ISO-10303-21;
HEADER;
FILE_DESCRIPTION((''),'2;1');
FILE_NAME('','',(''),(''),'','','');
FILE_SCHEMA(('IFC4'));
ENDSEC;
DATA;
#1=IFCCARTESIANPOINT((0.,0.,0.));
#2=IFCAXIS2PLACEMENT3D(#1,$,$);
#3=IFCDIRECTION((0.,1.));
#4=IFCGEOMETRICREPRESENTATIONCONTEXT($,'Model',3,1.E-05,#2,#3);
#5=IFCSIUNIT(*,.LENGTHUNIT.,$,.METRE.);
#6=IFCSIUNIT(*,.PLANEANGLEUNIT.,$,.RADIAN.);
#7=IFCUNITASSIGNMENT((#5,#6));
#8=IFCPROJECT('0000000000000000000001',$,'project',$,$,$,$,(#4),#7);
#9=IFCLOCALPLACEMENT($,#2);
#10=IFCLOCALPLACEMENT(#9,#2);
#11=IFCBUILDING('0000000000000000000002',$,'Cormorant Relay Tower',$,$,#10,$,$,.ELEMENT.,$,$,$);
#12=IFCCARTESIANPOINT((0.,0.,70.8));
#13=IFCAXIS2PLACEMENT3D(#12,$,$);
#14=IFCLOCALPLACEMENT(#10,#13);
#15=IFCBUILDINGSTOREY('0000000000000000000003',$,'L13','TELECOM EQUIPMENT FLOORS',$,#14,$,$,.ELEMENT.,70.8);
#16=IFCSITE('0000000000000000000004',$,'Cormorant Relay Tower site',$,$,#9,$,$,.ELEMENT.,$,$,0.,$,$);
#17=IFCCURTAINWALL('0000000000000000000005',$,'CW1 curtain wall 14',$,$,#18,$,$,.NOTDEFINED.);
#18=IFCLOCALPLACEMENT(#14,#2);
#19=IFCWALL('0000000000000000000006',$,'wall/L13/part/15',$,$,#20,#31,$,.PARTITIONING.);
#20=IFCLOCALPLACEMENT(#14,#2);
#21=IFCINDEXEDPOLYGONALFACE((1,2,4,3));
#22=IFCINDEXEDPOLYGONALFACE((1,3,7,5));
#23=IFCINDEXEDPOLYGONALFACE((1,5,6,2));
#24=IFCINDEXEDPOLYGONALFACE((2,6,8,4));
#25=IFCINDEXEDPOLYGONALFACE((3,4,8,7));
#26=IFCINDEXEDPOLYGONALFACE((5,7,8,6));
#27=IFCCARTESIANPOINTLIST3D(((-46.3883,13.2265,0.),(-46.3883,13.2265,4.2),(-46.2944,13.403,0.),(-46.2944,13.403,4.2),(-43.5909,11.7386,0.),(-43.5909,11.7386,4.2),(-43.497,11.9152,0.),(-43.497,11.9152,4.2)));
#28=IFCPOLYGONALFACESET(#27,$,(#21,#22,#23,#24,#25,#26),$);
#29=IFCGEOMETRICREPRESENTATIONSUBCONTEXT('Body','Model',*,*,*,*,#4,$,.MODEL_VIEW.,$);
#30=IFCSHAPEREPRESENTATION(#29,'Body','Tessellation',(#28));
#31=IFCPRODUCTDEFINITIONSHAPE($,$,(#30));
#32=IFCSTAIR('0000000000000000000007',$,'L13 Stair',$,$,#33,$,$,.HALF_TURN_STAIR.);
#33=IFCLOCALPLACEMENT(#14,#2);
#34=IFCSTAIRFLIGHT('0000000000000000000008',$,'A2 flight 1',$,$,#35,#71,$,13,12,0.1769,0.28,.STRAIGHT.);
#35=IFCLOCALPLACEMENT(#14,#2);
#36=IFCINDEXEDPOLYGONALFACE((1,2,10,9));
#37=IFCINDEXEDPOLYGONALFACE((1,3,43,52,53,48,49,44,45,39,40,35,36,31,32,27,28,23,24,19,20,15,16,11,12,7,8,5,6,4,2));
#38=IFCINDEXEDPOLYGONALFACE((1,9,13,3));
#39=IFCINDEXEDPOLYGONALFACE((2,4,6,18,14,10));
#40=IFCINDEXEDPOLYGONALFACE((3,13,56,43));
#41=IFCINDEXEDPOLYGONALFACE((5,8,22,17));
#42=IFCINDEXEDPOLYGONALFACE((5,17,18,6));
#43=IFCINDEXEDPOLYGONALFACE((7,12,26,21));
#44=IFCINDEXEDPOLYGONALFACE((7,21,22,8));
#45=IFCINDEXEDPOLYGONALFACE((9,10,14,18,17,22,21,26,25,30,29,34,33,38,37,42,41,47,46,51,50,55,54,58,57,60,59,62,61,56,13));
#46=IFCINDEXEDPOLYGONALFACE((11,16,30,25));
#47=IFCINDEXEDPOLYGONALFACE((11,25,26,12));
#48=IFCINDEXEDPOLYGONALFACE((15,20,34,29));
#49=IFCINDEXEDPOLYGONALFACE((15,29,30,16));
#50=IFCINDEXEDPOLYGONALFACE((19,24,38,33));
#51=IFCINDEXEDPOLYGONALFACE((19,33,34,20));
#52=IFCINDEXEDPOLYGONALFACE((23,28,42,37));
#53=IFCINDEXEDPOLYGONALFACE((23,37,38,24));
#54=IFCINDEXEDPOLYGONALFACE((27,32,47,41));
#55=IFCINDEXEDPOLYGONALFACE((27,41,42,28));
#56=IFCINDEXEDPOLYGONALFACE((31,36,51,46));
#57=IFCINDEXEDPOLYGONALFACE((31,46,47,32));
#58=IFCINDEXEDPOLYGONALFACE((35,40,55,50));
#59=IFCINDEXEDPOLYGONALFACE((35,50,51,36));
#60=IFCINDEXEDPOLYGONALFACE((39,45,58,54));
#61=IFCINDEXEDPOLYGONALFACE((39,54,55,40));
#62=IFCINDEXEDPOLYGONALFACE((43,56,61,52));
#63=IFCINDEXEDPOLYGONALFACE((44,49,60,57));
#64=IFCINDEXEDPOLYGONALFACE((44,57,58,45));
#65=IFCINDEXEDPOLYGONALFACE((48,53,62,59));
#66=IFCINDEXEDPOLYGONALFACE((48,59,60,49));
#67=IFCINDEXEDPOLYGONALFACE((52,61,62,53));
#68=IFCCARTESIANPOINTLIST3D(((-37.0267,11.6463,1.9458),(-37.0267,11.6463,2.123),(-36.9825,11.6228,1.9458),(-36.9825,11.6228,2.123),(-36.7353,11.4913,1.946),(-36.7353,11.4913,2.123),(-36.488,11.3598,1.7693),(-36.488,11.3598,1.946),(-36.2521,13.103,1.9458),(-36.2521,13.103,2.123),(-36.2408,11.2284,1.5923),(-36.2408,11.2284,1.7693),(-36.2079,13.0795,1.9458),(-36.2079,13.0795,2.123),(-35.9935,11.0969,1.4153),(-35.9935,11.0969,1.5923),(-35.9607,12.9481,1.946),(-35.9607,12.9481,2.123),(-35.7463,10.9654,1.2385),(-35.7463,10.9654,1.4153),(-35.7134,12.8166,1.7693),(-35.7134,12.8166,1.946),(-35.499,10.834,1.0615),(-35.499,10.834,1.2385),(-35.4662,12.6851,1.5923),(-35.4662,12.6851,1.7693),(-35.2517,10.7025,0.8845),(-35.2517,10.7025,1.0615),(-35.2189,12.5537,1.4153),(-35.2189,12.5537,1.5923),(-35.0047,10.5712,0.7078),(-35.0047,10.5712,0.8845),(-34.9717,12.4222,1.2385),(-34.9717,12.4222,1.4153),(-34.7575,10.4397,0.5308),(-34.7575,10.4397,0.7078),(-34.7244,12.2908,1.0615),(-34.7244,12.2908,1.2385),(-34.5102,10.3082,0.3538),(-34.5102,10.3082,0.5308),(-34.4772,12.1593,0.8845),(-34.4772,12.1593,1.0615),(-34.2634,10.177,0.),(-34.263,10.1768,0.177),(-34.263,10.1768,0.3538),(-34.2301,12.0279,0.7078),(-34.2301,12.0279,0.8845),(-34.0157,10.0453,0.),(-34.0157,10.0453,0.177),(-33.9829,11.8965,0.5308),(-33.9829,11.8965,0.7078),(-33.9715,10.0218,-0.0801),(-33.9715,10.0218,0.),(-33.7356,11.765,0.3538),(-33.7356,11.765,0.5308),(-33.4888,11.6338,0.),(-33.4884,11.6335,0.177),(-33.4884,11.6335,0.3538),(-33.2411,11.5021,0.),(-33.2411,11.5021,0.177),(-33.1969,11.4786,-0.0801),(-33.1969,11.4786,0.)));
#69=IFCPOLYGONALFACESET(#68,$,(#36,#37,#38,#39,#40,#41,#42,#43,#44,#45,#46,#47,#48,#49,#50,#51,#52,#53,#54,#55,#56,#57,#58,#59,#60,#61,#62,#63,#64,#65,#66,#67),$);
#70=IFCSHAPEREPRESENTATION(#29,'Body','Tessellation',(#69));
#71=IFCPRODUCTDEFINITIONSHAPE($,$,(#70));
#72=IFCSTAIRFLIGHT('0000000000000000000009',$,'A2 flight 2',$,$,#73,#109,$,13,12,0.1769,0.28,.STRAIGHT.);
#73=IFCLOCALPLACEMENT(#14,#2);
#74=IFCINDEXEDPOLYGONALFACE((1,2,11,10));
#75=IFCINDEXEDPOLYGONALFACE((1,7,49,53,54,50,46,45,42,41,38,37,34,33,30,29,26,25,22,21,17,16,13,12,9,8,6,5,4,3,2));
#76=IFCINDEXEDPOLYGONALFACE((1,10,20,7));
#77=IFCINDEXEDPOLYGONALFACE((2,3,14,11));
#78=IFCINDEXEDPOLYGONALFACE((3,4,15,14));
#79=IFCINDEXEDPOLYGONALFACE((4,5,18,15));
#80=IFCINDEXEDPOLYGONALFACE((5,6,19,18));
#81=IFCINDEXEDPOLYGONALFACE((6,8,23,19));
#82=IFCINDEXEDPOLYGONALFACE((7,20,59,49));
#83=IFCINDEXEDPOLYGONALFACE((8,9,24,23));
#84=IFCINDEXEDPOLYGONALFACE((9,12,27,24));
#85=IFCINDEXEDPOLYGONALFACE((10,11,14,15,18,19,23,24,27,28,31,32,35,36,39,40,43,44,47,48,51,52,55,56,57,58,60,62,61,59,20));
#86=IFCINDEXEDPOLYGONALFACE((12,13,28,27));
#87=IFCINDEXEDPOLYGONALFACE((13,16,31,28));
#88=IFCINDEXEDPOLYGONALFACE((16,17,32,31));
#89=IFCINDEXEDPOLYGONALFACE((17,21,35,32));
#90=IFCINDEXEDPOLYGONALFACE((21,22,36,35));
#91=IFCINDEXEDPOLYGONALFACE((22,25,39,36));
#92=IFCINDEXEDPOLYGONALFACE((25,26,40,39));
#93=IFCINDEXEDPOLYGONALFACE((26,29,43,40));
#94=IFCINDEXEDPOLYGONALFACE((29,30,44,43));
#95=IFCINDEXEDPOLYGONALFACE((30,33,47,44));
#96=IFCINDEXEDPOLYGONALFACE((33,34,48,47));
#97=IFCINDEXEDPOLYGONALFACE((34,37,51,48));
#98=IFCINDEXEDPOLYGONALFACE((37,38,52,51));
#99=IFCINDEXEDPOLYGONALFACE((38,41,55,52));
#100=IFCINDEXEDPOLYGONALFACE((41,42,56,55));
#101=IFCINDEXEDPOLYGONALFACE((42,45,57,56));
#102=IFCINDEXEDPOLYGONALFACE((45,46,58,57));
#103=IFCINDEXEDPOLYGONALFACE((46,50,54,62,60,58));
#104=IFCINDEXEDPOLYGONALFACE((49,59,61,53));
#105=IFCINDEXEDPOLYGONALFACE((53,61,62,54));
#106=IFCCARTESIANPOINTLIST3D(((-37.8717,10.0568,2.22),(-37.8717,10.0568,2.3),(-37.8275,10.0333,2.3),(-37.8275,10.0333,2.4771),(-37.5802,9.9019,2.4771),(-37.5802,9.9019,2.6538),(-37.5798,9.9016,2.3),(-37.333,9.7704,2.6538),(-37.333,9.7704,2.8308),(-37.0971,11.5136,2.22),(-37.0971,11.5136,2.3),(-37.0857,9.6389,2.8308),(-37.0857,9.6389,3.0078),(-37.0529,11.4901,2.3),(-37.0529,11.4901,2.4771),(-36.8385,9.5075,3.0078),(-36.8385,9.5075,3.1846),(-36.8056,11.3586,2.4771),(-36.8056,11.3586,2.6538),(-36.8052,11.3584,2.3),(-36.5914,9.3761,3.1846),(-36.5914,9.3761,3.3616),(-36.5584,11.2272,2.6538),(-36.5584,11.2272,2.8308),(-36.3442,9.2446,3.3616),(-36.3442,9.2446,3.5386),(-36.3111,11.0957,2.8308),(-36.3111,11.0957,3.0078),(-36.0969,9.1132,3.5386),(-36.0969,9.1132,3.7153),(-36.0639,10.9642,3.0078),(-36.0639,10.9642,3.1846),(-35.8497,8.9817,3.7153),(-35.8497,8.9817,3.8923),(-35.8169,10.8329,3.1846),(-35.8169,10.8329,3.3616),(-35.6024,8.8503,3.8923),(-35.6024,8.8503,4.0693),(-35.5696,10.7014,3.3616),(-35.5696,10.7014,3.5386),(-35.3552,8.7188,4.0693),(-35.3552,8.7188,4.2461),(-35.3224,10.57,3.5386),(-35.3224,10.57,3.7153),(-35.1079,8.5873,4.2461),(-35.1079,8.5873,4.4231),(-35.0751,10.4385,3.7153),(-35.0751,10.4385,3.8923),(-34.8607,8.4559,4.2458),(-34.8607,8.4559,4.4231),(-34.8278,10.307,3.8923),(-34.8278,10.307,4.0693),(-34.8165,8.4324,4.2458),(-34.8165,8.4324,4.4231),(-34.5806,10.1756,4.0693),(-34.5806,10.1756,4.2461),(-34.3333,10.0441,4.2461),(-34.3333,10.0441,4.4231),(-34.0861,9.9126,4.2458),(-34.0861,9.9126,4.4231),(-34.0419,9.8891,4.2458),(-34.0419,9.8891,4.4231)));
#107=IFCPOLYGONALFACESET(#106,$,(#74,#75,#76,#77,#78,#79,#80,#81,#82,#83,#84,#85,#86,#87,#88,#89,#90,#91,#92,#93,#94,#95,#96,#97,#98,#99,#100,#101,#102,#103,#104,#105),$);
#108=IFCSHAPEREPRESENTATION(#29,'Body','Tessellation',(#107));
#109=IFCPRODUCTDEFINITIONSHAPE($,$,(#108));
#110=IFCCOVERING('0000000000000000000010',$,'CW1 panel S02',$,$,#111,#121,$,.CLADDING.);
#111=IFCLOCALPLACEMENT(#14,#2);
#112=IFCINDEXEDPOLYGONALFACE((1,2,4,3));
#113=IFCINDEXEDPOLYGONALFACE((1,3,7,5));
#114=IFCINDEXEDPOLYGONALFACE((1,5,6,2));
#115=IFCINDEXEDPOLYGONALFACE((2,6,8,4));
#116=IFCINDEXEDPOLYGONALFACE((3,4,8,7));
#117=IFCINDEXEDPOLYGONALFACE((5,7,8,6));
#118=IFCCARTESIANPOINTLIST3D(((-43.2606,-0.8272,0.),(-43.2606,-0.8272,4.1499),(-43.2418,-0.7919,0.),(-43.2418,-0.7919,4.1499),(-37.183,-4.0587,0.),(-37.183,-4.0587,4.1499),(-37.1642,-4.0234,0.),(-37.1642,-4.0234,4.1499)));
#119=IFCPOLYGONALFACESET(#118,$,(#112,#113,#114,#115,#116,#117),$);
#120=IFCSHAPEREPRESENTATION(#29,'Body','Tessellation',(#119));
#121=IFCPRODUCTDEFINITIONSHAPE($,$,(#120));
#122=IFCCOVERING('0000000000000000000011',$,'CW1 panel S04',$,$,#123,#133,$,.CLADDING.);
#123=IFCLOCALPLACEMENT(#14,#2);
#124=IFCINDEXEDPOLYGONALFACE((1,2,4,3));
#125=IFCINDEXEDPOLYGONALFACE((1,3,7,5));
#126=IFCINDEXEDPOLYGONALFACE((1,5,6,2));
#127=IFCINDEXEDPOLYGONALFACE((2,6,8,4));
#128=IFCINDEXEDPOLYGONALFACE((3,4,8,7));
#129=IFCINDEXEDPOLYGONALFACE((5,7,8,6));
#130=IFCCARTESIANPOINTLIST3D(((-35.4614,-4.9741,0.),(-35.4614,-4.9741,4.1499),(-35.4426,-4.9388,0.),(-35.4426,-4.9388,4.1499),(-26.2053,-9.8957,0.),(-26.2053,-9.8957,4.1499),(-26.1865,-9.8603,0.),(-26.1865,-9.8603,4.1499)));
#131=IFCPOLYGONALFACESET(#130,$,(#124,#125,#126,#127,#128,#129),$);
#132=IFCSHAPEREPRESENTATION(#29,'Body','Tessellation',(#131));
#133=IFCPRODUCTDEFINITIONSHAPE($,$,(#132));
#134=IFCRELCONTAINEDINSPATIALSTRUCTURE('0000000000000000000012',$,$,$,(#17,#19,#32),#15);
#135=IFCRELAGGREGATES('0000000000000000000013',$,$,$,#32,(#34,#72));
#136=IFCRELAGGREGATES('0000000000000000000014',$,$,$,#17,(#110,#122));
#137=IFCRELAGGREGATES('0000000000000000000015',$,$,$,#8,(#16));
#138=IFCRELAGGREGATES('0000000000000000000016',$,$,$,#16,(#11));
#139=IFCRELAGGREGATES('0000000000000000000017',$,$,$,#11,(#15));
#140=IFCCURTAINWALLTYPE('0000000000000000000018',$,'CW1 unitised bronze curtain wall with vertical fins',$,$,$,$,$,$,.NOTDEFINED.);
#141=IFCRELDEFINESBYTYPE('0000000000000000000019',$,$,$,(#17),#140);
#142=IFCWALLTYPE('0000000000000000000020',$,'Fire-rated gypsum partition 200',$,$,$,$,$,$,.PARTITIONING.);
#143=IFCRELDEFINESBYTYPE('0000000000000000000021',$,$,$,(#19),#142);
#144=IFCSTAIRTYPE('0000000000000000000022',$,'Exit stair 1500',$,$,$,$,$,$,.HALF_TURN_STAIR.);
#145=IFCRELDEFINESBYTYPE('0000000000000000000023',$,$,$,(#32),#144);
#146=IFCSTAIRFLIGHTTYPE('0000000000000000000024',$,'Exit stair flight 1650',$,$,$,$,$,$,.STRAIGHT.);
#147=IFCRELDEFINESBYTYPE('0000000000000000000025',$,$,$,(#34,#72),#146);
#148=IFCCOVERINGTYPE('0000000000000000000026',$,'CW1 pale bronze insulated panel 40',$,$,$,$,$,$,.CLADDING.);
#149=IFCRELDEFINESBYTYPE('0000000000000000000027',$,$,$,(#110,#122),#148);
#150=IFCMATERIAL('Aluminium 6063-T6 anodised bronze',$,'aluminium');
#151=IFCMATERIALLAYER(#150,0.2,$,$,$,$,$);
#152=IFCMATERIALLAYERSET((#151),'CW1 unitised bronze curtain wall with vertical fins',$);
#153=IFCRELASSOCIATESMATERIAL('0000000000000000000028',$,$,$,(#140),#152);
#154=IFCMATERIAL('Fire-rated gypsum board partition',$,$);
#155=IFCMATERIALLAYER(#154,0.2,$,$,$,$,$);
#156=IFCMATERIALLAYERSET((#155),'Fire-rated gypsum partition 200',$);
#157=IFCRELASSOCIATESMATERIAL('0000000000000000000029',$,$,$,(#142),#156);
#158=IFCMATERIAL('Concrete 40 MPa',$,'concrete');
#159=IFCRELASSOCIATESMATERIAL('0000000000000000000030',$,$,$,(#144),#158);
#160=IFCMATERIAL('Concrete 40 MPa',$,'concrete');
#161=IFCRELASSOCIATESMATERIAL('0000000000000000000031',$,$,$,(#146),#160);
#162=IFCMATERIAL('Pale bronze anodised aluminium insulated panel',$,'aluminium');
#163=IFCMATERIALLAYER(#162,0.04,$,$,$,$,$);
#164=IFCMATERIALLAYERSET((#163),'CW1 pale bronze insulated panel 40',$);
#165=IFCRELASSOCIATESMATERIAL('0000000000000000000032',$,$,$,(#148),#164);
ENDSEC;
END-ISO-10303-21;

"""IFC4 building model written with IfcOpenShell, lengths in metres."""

from ifc_helpers import new_model, si_unit, direction, frame, frame_2d, origin, origin_2d, place, context, subcontext, project, spatial, polyline, rectangle, outline, extrude, material, layer, layer_set, type_object, element, aggregate, save


model = new_model("IFC4")

# Units and contexts
model_context = context("Model", 3, precision=1e-05, world=origin(), true_north=direction((0.0, 1.0)))
body_context = subcontext(model_context, "Body", "Model", "MODEL_VIEW")
ifc_project = project(units=[si_unit("LENGTHUNIT", "METRE"), si_unit("PLANEANGLEUNIT", "RADIAN")], contexts=[model_context])

# Site, building, storey
site_placement = place(None, origin())
site = spatial("IfcSite", under=ifc_project, at=site_placement, Name="Cormorant Relay Tower site", CompositionType="ELEMENT", RefElevation=0.0)
building_placement = place(site_placement, origin())
building = spatial("IfcBuilding", under=site, at=building_placement, Name="Cormorant Relay Tower", CompositionType="ELEMENT")
storey_placement = place(building_placement, frame((0.0, 0.0, 70.8)))
storey = spatial("IfcBuildingStorey", under=building, at=storey_placement, Name="L13", Description="TELECOM EQUIPMENT FLOORS", CompositionType="ELEMENT", Elevation=70.8)

# Curtain wall
ifc_material_1 = material(Name="Aluminium 6063-T6 anodised bronze", Category="aluminium")
ifc_layer_1 = layer(ifc_material_1, 0.2)
ifc_layer_set_1 = layer_set([ifc_layer_1], Name="CW1 unitised bronze curtain wall with vertical fins")
curtain_wall_type = type_object("IfcCurtainWallType", Name="CW1 unitised bronze curtain wall with vertical fins", PredefinedType="NOTDEFINED", material=ifc_layer_set_1)
curtain_wall_placement = place(storey_placement, origin())
curtain_wall = element("IfcCurtainWall", 1, at=curtain_wall_placement, inside=storey, type_object=curtain_wall_type, Name="CW1 curtain wall 14", PredefinedType="NOTDEFINED")

# Wall
ifc_material_2 = material(Name="Fire-rated gypsum board partition")
ifc_layer_2 = layer(ifc_material_2, 0.2)
ifc_layer_set_2 = layer_set([ifc_layer_2], Name="Fire-rated gypsum partition 200")
wall_type_1 = type_object("IfcWallType", Name="Fire-rated gypsum partition 200", PredefinedType="PARTITIONING", material=ifc_layer_set_2)
wall_1_placement = place(storey_placement, frame((-43.5439, 11.8269, 0.0), z_axis=(0.0, 0.0, 1.0), x_axis=(-0.882894, 0.469572, 0.0)))
element("IfcWall", 2, at=wall_1_placement, inside=storey, type_object=wall_type_1, Name="wall/L13/part/15", PredefinedType="PARTITIONING", context=body_context, shape_type="SweptSolid", body=[
    extrude(rectangle(XDim=3.1685, YDim=0.2, at=frame_2d((1.5842, 0.0))), origin(), (0.0, 0.0, 1.0), 4.2),
])

# Stair, stair flights
ifc_material_3 = material(Name="Concrete 40 MPa", Category="concrete")
stair_type = type_object("IfcStairType", Name="Exit stair 1500", PredefinedType="HALF_TURN_STAIR", material=ifc_material_3)
stair_placement = place(storey_placement, origin())
stair = element("IfcStair", 3, at=stair_placement, inside=storey, type_object=stair_type, Name="L13 Stair", PredefinedType="HALF_TURN_STAIR")
ifc_material_4 = material(Name="Concrete 40 MPa", Category="concrete")
stair_flight_type = type_object("IfcStairFlightType", Name="Exit stair flight 1650", PredefinedType="STRAIGHT", material=ifc_material_4)
stair_flight_1_placement = place(storey_placement, frame((-33.6284, 10.7737, 0.0), z_axis=(0.0, 0.0, 1.0), x_axis=(-0.882948, 0.469472, 0.0)))
stair_flight_1 = element("IfcStairFlight", 4, at=stair_flight_1_placement, type_object=stair_flight_type, Name="A2 flight 1", NumberOfRisers=13, NumberOfTreads=12, PredefinedType="STRAIGHT", RiserHeight=0.1769, TreadLength=0.28, context=body_context, shape_type="SweptSolid", body=[
    extrude(outline(polyline([(-0.05, -0.0801), (-0.05, 0.0), (0.0, 0.0), (0.0, 0.177), (0.28, 0.177), (0.28, 0.3538), (0.5601, 0.3538), (0.5601, 0.5308), (0.8401, 0.5308), (0.8401, 0.7078), (1.1201, 0.7078), (1.1201, 0.8845), (1.3999, 0.8845), (1.3999, 1.0615), (1.6799, 1.0615), (1.6799, 1.2385), (1.96, 1.2385), (1.96, 1.4153), (2.24, 1.4153), (2.24, 1.5923), (2.52, 1.5923), (2.52, 1.7693), (2.8, 1.7693), (2.8, 1.946), (3.0801, 1.946), (3.0801, 2.123), (3.3601, 2.123), (3.4102, 2.123), (3.4102, 1.9458), (3.3601, 1.9458), (0.2805, 0.0), (-0.05, -0.0801)])), frame((0.0, 0.825, 0.0), z_axis=(0.0, -1.0, 0.0), x_axis=(1.0, 0.0, 0.0)), (0.0, 0.0, 1.0), 1.6499),
])
stair_flight_2_placement = place(storey_placement, frame((-37.4402, 10.7617, 2.3), z_axis=(0.0, 0.0, 1.0), x_axis=(0.882948, -0.469472, 0.0)))
stair_flight_2 = element("IfcStairFlight", 5, at=stair_flight_2_placement, type_object=stair_flight_type, Name="A2 flight 2", NumberOfRisers=13, NumberOfTreads=12, PredefinedType="STRAIGHT", RiserHeight=0.1769, TreadLength=0.28, context=body_context, shape_type="SweptSolid", body=[
    extrude(outline(polyline([(-0.05, -0.0801), (-0.05, 0.0), (0.0, 0.0), (0.0, 0.177), (0.28, 0.177), (0.28, 0.3538), (0.5601, 0.3538), (0.5601, 0.5308), (0.8401, 0.5308), (0.8401, 0.7078), (1.1201, 0.7078), (1.1201, 0.8845), (1.3999, 0.8845), (1.3999, 1.0615), (1.6799, 1.0615), (1.6799, 1.2385), (1.96, 1.2385), (1.96, 1.4153), (2.24, 1.4153), (2.24, 1.5923), (2.52, 1.5923), (2.52, 1.7693), (2.8, 1.7693), (2.8, 1.946), (3.0801, 1.946), (3.0801, 2.123), (3.3601, 2.123), (3.4102, 2.123), (3.4102, 1.9458), (3.3601, 1.9458), (0.2805, 0.0), (-0.05, -0.0801)])), frame((0.0, 0.825, 0.0), z_axis=(0.0, -1.0, 0.0), x_axis=(1.0, 0.0, 0.0)), (0.0, 0.0, 1.0), 1.6499),
])
aggregate(stair, [stair_flight_1, stair_flight_2])

# Coverings
ifc_material_5 = material(Name="Pale bronze anodised aluminium insulated panel", Category="aluminium")
ifc_layer_3 = layer(ifc_material_5, 0.04)
ifc_layer_set_3 = layer_set([ifc_layer_3], Name="CW1 pale bronze insulated panel 40")
covering_type = type_object("IfcCoveringType", Name="CW1 pale bronze insulated panel 40", PredefinedType="CLADDING", material=ifc_layer_set_3)
covering_1_placement = place(storey_placement, frame((-40.2124, -2.4253, 0.0), z_axis=(0.0, 0.0, 1.0), x_axis=(0.882948, -0.469472, 0.0)))
covering_1 = element("IfcCovering", 6, at=covering_1_placement, type_object=covering_type, Name="CW1 panel S02", PredefinedType="CLADDING", context=body_context, shape_type="SweptSolid", body=[
    extrude(rectangle(XDim=6.8833, YDim=0.04, at=origin_2d()), origin(), (0.0, 0.0, 1.0), 4.1499),
])
covering_2_placement = place(storey_placement, frame((-30.824, -7.4172, 0.0), z_axis=(0.0, 0.0, 1.0), x_axis=(0.882948, -0.469472, 0.0)))
covering_2 = element("IfcCovering", 7, at=covering_2_placement, type_object=covering_type, Name="CW1 panel S04", PredefinedType="CLADDING", context=body_context, shape_type="SweptSolid", body=[
    extrude(rectangle(XDim=10.4832, YDim=0.04, at=origin_2d()), origin(), (0.0, 0.0, 1.0), 4.1499),
])
aggregate(curtain_wall, [covering_1, covering_2])

save(model, "model.ifc")
